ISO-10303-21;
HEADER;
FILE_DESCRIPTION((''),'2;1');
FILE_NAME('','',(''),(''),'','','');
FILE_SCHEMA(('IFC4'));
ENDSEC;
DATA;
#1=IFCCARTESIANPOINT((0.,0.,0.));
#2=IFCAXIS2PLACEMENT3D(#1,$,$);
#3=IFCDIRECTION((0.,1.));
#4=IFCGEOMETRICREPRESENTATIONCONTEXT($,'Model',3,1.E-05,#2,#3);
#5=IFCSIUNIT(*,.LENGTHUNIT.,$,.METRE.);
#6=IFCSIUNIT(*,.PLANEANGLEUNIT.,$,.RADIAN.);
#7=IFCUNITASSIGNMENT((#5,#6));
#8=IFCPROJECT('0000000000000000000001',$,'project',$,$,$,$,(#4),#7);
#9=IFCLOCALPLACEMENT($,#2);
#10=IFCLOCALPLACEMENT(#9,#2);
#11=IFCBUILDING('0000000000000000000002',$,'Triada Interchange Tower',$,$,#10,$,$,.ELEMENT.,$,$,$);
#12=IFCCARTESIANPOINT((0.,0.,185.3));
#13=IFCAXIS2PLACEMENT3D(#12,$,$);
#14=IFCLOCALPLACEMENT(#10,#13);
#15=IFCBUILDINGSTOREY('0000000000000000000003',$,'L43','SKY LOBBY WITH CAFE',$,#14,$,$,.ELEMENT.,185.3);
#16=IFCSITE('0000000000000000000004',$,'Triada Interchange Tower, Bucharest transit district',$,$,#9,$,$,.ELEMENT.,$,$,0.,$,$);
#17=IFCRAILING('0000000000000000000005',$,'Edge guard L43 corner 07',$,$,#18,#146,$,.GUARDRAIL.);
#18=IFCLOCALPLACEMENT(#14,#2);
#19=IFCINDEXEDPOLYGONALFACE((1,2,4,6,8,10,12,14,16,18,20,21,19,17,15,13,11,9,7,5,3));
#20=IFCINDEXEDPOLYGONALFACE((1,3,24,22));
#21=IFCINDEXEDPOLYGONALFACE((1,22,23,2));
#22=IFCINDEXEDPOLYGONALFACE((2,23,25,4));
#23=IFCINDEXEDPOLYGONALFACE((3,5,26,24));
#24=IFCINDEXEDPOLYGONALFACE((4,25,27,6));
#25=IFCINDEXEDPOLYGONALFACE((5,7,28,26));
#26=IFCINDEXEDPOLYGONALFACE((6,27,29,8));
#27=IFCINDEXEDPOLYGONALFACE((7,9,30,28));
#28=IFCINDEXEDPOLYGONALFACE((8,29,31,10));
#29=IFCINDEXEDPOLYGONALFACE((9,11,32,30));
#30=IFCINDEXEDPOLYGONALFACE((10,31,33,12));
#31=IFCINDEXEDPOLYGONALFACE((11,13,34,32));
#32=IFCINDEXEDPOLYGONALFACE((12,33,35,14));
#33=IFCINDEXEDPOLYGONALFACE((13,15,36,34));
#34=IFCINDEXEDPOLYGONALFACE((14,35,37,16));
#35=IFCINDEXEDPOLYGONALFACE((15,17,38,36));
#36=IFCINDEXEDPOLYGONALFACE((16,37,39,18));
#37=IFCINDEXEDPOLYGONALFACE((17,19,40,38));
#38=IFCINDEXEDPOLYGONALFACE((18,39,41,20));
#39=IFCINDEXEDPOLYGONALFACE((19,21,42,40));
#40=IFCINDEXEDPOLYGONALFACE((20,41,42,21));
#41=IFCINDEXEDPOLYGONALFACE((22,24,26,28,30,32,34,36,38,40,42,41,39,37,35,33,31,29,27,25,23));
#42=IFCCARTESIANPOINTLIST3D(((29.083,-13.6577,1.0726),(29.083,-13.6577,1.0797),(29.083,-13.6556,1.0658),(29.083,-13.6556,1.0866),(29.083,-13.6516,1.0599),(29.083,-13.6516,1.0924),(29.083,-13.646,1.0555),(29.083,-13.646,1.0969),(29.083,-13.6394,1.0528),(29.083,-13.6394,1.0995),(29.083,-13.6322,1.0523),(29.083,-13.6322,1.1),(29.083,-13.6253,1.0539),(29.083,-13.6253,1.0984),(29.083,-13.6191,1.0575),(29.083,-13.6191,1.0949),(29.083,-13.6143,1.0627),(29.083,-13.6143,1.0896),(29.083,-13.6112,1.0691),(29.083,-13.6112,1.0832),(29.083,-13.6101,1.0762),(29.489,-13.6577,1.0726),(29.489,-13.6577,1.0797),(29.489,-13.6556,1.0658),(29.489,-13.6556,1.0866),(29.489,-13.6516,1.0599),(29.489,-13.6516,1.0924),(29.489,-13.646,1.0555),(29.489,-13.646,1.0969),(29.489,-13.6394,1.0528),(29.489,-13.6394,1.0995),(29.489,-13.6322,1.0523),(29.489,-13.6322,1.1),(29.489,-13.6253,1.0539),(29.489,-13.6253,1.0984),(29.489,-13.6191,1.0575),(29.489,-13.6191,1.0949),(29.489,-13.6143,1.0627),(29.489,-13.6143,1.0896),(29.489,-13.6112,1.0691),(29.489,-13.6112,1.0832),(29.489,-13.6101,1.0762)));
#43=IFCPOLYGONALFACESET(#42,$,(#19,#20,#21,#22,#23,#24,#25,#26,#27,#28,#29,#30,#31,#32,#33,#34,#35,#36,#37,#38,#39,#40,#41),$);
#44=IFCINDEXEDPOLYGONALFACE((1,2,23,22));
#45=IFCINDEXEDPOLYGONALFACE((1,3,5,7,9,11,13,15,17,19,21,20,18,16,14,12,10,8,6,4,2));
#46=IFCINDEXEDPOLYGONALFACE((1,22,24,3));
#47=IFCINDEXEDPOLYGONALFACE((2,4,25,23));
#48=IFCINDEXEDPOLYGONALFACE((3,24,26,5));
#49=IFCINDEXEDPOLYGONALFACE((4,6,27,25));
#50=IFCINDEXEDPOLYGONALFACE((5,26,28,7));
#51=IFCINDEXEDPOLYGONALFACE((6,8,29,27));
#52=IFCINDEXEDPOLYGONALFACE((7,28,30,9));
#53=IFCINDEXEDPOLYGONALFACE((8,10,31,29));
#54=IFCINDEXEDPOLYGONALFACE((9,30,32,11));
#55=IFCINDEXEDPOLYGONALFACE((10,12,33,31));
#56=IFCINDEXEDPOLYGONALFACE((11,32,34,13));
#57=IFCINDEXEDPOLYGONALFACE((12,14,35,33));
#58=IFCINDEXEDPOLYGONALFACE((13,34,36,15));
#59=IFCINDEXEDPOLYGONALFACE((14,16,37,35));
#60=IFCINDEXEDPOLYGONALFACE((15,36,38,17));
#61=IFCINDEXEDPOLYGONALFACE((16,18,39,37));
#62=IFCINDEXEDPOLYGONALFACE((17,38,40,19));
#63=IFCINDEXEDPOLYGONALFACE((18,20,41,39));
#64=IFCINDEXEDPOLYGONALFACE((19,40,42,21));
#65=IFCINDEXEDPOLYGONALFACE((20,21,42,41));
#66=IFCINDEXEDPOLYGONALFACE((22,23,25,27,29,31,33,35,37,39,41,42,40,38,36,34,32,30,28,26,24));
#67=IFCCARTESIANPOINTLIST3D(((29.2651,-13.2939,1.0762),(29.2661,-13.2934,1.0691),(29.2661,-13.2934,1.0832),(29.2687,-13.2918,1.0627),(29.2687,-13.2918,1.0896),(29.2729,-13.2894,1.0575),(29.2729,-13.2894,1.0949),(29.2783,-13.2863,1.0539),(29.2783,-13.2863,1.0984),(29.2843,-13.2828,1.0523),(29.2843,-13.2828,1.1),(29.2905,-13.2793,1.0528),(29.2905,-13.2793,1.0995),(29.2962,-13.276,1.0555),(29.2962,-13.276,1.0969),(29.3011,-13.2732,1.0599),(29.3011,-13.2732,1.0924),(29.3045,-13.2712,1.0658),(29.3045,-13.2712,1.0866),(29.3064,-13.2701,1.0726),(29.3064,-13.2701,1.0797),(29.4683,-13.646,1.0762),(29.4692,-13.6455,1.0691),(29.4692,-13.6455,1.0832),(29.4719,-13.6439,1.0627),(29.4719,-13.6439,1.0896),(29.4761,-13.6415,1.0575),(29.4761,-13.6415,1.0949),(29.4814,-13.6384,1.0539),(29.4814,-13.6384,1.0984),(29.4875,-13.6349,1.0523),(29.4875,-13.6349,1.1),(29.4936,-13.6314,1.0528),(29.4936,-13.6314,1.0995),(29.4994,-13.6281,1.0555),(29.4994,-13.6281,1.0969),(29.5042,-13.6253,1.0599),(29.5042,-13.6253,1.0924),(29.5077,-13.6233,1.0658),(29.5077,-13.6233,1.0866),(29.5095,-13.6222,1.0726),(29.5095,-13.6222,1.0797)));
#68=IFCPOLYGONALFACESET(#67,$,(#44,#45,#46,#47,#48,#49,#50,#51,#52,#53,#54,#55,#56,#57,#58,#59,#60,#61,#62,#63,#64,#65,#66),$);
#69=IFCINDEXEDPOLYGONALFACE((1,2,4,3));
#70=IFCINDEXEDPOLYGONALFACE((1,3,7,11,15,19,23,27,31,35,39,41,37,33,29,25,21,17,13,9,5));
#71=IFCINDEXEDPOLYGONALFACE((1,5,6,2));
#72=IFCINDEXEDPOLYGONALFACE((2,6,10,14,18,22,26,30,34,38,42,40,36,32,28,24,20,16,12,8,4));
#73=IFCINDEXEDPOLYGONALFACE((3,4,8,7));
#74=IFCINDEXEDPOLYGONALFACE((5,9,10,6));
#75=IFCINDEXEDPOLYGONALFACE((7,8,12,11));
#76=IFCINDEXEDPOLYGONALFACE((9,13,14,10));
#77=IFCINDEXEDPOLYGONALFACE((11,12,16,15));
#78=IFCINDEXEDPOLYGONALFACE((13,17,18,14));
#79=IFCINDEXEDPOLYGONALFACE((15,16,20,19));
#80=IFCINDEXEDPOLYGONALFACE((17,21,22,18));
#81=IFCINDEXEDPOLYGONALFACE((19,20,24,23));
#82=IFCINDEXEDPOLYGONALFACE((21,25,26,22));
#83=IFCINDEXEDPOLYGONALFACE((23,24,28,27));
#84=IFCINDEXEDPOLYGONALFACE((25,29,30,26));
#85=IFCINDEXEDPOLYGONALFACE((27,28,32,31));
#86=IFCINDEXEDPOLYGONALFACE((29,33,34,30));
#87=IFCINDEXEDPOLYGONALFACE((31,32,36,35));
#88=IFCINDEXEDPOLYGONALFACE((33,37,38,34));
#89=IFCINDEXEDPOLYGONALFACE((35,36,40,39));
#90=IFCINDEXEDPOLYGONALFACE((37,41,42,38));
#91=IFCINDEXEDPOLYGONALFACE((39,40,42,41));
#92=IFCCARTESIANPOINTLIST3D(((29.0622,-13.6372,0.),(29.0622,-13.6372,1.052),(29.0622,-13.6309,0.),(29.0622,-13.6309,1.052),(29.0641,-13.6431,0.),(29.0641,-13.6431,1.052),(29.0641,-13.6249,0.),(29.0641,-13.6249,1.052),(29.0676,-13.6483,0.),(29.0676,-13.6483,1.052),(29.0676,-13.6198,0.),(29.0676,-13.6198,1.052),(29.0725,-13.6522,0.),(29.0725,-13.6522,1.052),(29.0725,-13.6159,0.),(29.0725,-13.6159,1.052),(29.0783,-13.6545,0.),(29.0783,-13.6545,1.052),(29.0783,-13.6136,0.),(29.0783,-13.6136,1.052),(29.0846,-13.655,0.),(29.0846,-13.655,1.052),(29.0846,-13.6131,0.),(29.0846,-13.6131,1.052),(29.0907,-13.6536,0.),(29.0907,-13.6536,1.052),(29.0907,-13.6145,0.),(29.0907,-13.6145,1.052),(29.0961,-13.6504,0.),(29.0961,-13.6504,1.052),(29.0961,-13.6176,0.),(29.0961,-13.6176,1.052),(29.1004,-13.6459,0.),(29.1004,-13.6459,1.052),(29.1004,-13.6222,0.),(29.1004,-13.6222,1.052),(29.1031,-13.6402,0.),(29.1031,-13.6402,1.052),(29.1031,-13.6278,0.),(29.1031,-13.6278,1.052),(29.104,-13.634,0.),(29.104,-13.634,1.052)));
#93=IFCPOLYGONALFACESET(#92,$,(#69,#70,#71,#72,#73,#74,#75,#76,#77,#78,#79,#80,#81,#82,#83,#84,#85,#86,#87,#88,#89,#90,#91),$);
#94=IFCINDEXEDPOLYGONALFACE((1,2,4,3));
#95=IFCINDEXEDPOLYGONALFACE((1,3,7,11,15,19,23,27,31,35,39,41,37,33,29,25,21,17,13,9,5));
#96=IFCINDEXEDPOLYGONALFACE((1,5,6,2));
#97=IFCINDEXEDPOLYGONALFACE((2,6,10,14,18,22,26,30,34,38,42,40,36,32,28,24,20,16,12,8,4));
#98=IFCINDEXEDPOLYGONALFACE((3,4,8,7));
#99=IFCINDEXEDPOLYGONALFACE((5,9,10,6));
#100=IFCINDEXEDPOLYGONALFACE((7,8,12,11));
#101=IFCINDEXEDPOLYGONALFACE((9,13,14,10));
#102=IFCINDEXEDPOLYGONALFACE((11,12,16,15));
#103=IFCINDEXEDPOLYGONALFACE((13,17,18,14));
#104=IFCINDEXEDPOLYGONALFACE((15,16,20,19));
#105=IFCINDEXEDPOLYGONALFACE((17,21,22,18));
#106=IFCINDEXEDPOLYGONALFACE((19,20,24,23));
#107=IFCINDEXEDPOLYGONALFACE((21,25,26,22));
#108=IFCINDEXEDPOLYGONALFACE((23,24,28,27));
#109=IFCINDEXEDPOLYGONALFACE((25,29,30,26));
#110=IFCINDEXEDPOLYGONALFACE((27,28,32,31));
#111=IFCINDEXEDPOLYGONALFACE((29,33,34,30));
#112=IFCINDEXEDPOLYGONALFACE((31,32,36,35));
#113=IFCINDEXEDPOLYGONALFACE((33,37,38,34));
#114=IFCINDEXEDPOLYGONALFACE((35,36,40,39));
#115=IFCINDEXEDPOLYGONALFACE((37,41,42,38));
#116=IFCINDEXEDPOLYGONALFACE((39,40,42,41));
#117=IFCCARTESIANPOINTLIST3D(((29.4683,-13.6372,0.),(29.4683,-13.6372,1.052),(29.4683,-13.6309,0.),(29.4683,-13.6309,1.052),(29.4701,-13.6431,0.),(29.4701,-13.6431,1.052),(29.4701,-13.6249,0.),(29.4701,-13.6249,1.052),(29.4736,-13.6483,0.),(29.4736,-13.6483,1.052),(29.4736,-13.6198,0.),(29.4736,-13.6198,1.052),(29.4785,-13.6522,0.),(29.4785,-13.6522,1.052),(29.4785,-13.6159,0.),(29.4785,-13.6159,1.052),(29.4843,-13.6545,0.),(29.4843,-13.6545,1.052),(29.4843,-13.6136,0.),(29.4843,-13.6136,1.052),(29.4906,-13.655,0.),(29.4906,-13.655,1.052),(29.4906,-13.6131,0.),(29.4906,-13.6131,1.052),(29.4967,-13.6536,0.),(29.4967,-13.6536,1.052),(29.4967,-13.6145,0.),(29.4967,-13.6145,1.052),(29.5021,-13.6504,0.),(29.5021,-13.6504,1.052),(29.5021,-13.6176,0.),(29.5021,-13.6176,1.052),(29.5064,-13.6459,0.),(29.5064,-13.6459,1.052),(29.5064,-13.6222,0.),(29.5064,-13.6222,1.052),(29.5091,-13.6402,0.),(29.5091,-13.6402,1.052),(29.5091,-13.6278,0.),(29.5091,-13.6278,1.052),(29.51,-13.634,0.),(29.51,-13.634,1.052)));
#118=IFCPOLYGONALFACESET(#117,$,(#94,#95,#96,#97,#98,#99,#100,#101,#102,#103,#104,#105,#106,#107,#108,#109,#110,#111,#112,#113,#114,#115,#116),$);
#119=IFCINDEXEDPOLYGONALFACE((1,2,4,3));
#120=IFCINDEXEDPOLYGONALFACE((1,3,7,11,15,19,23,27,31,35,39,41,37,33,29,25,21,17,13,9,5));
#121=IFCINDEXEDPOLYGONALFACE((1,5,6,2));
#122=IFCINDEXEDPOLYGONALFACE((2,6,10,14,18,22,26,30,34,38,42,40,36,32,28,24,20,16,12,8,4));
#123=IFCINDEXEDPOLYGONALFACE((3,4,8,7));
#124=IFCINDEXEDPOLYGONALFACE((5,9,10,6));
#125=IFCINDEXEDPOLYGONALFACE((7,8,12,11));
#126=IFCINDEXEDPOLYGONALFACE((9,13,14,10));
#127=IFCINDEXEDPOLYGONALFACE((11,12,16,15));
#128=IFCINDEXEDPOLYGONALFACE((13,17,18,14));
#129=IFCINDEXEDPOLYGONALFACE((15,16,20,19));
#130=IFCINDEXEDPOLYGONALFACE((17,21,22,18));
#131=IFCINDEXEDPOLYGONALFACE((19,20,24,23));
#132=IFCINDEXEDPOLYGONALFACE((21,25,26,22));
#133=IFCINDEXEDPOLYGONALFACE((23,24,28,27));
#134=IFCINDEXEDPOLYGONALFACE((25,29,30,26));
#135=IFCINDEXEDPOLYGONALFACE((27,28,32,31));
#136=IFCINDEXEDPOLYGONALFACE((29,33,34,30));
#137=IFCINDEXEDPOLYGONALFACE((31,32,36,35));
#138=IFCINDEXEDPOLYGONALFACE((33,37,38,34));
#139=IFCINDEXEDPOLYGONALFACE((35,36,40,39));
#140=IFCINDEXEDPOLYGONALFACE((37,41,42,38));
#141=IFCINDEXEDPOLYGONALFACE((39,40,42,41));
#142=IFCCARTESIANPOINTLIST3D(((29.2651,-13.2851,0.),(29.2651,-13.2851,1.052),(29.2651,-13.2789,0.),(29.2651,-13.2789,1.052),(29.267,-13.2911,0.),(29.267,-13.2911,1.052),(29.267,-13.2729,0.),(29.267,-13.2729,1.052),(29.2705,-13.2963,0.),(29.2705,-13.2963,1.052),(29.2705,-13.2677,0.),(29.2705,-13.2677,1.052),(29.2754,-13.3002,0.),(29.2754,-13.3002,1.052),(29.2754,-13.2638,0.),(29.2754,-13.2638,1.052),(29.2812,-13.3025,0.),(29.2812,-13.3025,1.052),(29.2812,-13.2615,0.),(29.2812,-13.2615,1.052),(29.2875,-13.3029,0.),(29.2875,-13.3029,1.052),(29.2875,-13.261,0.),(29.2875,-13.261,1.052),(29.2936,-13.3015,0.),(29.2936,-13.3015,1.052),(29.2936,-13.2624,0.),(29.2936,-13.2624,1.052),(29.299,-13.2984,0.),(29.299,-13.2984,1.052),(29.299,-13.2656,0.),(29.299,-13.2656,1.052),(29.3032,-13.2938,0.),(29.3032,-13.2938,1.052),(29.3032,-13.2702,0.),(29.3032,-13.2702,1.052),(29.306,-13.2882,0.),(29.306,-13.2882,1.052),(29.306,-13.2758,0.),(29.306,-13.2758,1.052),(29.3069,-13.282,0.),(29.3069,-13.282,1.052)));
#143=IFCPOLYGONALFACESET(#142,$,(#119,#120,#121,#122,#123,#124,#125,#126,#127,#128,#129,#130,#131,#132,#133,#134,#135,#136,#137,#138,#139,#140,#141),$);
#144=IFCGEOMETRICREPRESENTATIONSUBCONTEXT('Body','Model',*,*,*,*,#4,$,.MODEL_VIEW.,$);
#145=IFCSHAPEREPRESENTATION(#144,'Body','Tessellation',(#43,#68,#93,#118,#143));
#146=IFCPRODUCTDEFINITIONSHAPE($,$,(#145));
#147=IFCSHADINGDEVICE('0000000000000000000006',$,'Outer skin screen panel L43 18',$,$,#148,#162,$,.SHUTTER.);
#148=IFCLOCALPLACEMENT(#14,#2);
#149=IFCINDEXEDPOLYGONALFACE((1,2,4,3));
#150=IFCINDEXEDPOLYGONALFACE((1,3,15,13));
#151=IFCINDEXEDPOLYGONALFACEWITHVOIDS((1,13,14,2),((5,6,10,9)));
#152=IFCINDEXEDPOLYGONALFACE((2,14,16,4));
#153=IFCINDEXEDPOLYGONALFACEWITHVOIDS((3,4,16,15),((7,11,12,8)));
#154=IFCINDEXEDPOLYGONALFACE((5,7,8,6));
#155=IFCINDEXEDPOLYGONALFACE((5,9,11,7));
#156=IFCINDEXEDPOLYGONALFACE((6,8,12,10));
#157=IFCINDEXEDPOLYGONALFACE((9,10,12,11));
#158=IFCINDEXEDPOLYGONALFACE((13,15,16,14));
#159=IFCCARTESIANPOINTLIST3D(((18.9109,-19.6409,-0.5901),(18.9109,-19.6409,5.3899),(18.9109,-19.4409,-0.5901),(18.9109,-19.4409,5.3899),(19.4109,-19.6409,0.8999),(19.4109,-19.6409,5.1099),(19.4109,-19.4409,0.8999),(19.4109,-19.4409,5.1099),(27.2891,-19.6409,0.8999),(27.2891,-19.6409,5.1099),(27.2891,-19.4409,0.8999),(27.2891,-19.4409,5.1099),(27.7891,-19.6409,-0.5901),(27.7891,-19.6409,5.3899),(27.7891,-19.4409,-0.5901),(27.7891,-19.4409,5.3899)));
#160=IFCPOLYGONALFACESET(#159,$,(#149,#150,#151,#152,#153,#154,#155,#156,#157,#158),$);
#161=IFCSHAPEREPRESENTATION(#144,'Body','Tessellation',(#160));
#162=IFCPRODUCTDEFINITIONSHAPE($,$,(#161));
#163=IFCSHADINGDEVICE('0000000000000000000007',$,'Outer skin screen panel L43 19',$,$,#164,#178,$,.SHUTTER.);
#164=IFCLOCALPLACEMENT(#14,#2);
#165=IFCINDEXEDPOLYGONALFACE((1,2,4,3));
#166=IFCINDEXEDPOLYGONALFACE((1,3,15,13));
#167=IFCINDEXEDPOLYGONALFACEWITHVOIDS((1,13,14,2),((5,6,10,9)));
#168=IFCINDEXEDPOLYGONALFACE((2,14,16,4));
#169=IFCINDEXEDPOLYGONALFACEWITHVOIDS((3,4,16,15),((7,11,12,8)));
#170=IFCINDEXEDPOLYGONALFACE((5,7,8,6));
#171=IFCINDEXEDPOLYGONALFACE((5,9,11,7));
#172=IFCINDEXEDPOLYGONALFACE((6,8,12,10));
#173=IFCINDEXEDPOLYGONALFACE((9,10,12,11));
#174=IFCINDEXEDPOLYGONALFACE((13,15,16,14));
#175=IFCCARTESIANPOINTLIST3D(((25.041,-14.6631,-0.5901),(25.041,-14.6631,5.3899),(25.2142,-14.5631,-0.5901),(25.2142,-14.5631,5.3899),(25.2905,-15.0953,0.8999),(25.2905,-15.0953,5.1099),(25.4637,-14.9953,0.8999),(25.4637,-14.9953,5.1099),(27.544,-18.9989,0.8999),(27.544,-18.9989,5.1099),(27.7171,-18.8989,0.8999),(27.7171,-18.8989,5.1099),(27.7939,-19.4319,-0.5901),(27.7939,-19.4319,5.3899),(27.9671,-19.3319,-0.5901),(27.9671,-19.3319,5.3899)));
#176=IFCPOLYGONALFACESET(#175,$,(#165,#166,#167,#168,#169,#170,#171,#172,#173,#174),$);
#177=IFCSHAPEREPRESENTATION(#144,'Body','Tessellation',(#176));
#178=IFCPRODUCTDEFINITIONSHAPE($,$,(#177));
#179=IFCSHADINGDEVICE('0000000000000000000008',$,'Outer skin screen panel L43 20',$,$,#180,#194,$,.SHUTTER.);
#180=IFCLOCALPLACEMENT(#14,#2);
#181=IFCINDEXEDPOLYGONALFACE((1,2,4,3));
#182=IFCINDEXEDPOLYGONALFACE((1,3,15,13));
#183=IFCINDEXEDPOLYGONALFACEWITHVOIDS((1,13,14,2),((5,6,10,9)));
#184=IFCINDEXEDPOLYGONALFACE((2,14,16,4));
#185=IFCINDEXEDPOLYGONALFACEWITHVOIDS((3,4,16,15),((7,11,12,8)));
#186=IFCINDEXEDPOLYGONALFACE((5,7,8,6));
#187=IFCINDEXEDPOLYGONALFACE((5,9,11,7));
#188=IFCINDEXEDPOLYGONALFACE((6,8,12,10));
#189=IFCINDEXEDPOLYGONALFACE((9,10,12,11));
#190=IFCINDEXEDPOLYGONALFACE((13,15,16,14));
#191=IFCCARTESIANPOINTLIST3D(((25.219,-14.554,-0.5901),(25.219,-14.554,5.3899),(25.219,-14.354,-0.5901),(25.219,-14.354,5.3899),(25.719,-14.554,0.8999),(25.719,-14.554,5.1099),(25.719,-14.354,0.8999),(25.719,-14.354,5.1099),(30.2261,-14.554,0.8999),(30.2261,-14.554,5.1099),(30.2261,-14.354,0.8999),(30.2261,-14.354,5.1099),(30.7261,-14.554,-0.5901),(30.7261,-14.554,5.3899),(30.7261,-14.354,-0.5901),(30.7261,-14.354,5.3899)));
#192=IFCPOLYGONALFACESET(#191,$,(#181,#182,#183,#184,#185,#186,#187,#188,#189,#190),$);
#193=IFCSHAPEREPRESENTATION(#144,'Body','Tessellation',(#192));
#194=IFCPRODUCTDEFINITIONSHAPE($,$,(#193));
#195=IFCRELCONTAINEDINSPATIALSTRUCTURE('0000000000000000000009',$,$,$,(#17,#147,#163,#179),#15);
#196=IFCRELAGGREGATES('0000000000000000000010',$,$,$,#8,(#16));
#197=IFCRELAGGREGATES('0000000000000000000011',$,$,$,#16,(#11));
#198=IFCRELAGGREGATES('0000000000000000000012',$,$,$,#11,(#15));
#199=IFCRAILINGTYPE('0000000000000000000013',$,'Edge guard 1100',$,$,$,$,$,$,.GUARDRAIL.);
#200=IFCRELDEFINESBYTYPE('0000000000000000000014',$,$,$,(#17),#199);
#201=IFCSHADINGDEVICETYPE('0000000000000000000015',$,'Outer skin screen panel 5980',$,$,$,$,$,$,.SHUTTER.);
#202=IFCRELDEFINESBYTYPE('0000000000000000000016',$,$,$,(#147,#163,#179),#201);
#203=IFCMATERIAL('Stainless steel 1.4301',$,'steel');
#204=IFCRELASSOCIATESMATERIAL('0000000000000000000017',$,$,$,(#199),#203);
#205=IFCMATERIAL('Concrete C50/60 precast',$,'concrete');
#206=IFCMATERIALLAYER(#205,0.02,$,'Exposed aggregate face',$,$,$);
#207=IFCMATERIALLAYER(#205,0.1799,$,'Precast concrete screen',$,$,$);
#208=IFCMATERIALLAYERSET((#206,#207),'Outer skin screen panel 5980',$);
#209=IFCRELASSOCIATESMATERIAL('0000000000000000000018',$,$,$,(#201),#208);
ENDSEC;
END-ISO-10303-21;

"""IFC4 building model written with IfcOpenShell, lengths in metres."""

from ifc_helpers import new_model, si_unit, direction, frame, origin, origin_2d, place, context, subcontext, project, spatial, polyline, circle, outline, extrude, material, layer, layer_set, type_object, element, save


model = new_model("IFC4")

# Units and contexts
model_context = context("Model", 3, precision=1e-05, world=origin(), true_north=direction((0.0, 1.0)))
body_context = subcontext(model_context, "Body", "Model", "MODEL_VIEW")
ifc_project = project(units=[si_unit("LENGTHUNIT", "METRE"), si_unit("PLANEANGLEUNIT", "RADIAN")], contexts=[model_context])

# Site, building, storey
site_placement = place(None, origin())
site = spatial("IfcSite", under=ifc_project, at=site_placement, Name="Triada Interchange Tower, Bucharest transit district", CompositionType="ELEMENT", RefElevation=0.0)
building_placement = place(site_placement, origin())
building = spatial("IfcBuilding", under=site, at=building_placement, Name="Triada Interchange Tower", CompositionType="ELEMENT")
storey_placement = place(building_placement, frame((0.0, 0.0, 185.3)))
storey = spatial("IfcBuildingStorey", under=building, at=storey_placement, Name="L43", Description="SKY LOBBY WITH CAFE", CompositionType="ELEMENT", Elevation=185.3)

# Railing
ifc_material_1 = material(Name="Stainless steel 1.4301", Category="steel")
railing_type = type_object("IfcRailingType", Name="Edge guard 1100", PredefinedType="GUARDRAIL", material=ifc_material_1)
railing_1_placement = place(storey_placement, frame((29.083, -13.634, 0.0)))
element("IfcRailing", 1, at=railing_1_placement, inside=storey, type_object=railing_type, Name="Edge guard L43 corner 07", PredefinedType="GUARDRAIL", context=body_context, shape_type="SweptSolid", body=[
    extrude(circle(Radius=0.0239, at=origin_2d()), frame((0.0, 0.0, 1.0762), z_axis=(1.0, 0.0, 0.0), x_axis=(0.0, 1.0, 0.0)), (0.0, 0.0, 1.0), 0.406),
    extrude(circle(Radius=0.0239, at=origin_2d()), frame((0.406, 0.0, 1.0762), z_axis=(-0.499757, 0.866166, 0.0), x_axis=(-0.866166, -0.499757, 0.0)), (0.0, 0.0, 1.0), 0.4065),
    extrude(circle(Radius=0.021, at=origin_2d()), origin(), (0.0, 0.0, 1.0), 1.052),
    extrude(circle(Radius=0.021, at=origin_2d()), frame((0.406, 0.0, 0.0)), (0.0, 0.0, 1.0), 1.052),
    extrude(circle(Radius=0.021, at=origin_2d()), frame((0.2029, 0.3521, 0.0)), (0.0, 0.0, 1.0), 1.052),
])

# Shading devices
ifc_material_2 = material(Name="Concrete C50/60 precast", Category="concrete")
ifc_layer_1 = layer(ifc_material_2, 0.02, Name="Exposed aggregate face")
ifc_layer_2 = layer(ifc_material_2, 0.1799, Name="Precast concrete screen")
ifc_layer_set_1 = layer_set([ifc_layer_1, ifc_layer_2], Name="Outer skin screen panel 5980")
shading_device_type = type_object("IfcShadingDeviceType", Name="Outer skin screen panel 5980", PredefinedType="SHUTTER", material=ifc_layer_set_1)
shading_device_1_placement = place(storey_placement, frame((18.9109, -19.4409, -0.5901), z_axis=(0.0, 0.0, 1.0), x_axis=(1.0, 0.0, 0.0)))
element("IfcShadingDevice", 2, at=shading_device_1_placement, inside=storey, type_object=shading_device_type, Name="Outer skin screen panel L43 18", PredefinedType="SHUTTER", context=body_context, shape_type="SweptSolid", body=[
    extrude(outline(polyline([(0.0, 0.0), (8.8782, 0.0), (8.8782, 5.98), (0.0, 5.98), (0.0, 0.0)]), holes=[polyline([(0.5, 1.49), (0.5, 5.7), (8.3782, 5.7), (8.3782, 1.49), (0.5, 1.49)])]), frame((0.0, 0.0, 0.0), z_axis=(0.0, -1.0, 0.0), x_axis=(1.0, 0.0, 0.0)), (0.0, 0.0, 1.0), 0.2),
])
shading_device_2_placement = place(storey_placement, frame((27.7939, -19.4319, -0.5901), z_axis=(0.0, 0.0, 1.0), x_axis=(-0.499954, 0.866052, 0.0)))
element("IfcShadingDevice", 3, at=shading_device_2_placement, inside=storey, type_object=shading_device_type, Name="Outer skin screen panel L43 19", PredefinedType="SHUTTER", context=body_context, shape_type="SweptSolid", body=[
    extrude(outline(polyline([(0.0, 0.0), (5.5063, 0.0), (5.5063, 5.98), (0.0, 5.98), (0.0, 0.0)]), holes=[polyline([(0.5, 1.49), (0.5, 5.7), (5.0073, 5.7), (5.0073, 1.49), (0.5, 1.49)])]), frame((0.0, 0.0, 0.0), z_axis=(0.0, -1.0, 0.0), x_axis=(1.0, 0.0, 0.0)), (0.0, 0.0, 1.0), 0.2),
])
shading_device_3_placement = place(storey_placement, frame((25.219, -14.354, -0.5901), z_axis=(0.0, 0.0, 1.0), x_axis=(1.0, 0.0, 0.0)))
element("IfcShadingDevice", 4, at=shading_device_3_placement, inside=storey, type_object=shading_device_type, Name="Outer skin screen panel L43 20", PredefinedType="SHUTTER", context=body_context, shape_type="SweptSolid", body=[
    extrude(outline(polyline([(0.0, 0.0), (5.5071, 0.0), (5.5071, 5.98), (0.0, 5.98), (0.0, 0.0)]), holes=[polyline([(0.5, 1.49), (0.5, 5.7), (5.0071, 5.7), (5.0071, 1.49), (0.5, 1.49)])]), frame((0.0, 0.0, 0.0), z_axis=(0.0, -1.0, 0.0), x_axis=(1.0, 0.0, 0.0)), (0.0, 0.0, 1.0), 0.2),
])

save(model, "model.ifc")
